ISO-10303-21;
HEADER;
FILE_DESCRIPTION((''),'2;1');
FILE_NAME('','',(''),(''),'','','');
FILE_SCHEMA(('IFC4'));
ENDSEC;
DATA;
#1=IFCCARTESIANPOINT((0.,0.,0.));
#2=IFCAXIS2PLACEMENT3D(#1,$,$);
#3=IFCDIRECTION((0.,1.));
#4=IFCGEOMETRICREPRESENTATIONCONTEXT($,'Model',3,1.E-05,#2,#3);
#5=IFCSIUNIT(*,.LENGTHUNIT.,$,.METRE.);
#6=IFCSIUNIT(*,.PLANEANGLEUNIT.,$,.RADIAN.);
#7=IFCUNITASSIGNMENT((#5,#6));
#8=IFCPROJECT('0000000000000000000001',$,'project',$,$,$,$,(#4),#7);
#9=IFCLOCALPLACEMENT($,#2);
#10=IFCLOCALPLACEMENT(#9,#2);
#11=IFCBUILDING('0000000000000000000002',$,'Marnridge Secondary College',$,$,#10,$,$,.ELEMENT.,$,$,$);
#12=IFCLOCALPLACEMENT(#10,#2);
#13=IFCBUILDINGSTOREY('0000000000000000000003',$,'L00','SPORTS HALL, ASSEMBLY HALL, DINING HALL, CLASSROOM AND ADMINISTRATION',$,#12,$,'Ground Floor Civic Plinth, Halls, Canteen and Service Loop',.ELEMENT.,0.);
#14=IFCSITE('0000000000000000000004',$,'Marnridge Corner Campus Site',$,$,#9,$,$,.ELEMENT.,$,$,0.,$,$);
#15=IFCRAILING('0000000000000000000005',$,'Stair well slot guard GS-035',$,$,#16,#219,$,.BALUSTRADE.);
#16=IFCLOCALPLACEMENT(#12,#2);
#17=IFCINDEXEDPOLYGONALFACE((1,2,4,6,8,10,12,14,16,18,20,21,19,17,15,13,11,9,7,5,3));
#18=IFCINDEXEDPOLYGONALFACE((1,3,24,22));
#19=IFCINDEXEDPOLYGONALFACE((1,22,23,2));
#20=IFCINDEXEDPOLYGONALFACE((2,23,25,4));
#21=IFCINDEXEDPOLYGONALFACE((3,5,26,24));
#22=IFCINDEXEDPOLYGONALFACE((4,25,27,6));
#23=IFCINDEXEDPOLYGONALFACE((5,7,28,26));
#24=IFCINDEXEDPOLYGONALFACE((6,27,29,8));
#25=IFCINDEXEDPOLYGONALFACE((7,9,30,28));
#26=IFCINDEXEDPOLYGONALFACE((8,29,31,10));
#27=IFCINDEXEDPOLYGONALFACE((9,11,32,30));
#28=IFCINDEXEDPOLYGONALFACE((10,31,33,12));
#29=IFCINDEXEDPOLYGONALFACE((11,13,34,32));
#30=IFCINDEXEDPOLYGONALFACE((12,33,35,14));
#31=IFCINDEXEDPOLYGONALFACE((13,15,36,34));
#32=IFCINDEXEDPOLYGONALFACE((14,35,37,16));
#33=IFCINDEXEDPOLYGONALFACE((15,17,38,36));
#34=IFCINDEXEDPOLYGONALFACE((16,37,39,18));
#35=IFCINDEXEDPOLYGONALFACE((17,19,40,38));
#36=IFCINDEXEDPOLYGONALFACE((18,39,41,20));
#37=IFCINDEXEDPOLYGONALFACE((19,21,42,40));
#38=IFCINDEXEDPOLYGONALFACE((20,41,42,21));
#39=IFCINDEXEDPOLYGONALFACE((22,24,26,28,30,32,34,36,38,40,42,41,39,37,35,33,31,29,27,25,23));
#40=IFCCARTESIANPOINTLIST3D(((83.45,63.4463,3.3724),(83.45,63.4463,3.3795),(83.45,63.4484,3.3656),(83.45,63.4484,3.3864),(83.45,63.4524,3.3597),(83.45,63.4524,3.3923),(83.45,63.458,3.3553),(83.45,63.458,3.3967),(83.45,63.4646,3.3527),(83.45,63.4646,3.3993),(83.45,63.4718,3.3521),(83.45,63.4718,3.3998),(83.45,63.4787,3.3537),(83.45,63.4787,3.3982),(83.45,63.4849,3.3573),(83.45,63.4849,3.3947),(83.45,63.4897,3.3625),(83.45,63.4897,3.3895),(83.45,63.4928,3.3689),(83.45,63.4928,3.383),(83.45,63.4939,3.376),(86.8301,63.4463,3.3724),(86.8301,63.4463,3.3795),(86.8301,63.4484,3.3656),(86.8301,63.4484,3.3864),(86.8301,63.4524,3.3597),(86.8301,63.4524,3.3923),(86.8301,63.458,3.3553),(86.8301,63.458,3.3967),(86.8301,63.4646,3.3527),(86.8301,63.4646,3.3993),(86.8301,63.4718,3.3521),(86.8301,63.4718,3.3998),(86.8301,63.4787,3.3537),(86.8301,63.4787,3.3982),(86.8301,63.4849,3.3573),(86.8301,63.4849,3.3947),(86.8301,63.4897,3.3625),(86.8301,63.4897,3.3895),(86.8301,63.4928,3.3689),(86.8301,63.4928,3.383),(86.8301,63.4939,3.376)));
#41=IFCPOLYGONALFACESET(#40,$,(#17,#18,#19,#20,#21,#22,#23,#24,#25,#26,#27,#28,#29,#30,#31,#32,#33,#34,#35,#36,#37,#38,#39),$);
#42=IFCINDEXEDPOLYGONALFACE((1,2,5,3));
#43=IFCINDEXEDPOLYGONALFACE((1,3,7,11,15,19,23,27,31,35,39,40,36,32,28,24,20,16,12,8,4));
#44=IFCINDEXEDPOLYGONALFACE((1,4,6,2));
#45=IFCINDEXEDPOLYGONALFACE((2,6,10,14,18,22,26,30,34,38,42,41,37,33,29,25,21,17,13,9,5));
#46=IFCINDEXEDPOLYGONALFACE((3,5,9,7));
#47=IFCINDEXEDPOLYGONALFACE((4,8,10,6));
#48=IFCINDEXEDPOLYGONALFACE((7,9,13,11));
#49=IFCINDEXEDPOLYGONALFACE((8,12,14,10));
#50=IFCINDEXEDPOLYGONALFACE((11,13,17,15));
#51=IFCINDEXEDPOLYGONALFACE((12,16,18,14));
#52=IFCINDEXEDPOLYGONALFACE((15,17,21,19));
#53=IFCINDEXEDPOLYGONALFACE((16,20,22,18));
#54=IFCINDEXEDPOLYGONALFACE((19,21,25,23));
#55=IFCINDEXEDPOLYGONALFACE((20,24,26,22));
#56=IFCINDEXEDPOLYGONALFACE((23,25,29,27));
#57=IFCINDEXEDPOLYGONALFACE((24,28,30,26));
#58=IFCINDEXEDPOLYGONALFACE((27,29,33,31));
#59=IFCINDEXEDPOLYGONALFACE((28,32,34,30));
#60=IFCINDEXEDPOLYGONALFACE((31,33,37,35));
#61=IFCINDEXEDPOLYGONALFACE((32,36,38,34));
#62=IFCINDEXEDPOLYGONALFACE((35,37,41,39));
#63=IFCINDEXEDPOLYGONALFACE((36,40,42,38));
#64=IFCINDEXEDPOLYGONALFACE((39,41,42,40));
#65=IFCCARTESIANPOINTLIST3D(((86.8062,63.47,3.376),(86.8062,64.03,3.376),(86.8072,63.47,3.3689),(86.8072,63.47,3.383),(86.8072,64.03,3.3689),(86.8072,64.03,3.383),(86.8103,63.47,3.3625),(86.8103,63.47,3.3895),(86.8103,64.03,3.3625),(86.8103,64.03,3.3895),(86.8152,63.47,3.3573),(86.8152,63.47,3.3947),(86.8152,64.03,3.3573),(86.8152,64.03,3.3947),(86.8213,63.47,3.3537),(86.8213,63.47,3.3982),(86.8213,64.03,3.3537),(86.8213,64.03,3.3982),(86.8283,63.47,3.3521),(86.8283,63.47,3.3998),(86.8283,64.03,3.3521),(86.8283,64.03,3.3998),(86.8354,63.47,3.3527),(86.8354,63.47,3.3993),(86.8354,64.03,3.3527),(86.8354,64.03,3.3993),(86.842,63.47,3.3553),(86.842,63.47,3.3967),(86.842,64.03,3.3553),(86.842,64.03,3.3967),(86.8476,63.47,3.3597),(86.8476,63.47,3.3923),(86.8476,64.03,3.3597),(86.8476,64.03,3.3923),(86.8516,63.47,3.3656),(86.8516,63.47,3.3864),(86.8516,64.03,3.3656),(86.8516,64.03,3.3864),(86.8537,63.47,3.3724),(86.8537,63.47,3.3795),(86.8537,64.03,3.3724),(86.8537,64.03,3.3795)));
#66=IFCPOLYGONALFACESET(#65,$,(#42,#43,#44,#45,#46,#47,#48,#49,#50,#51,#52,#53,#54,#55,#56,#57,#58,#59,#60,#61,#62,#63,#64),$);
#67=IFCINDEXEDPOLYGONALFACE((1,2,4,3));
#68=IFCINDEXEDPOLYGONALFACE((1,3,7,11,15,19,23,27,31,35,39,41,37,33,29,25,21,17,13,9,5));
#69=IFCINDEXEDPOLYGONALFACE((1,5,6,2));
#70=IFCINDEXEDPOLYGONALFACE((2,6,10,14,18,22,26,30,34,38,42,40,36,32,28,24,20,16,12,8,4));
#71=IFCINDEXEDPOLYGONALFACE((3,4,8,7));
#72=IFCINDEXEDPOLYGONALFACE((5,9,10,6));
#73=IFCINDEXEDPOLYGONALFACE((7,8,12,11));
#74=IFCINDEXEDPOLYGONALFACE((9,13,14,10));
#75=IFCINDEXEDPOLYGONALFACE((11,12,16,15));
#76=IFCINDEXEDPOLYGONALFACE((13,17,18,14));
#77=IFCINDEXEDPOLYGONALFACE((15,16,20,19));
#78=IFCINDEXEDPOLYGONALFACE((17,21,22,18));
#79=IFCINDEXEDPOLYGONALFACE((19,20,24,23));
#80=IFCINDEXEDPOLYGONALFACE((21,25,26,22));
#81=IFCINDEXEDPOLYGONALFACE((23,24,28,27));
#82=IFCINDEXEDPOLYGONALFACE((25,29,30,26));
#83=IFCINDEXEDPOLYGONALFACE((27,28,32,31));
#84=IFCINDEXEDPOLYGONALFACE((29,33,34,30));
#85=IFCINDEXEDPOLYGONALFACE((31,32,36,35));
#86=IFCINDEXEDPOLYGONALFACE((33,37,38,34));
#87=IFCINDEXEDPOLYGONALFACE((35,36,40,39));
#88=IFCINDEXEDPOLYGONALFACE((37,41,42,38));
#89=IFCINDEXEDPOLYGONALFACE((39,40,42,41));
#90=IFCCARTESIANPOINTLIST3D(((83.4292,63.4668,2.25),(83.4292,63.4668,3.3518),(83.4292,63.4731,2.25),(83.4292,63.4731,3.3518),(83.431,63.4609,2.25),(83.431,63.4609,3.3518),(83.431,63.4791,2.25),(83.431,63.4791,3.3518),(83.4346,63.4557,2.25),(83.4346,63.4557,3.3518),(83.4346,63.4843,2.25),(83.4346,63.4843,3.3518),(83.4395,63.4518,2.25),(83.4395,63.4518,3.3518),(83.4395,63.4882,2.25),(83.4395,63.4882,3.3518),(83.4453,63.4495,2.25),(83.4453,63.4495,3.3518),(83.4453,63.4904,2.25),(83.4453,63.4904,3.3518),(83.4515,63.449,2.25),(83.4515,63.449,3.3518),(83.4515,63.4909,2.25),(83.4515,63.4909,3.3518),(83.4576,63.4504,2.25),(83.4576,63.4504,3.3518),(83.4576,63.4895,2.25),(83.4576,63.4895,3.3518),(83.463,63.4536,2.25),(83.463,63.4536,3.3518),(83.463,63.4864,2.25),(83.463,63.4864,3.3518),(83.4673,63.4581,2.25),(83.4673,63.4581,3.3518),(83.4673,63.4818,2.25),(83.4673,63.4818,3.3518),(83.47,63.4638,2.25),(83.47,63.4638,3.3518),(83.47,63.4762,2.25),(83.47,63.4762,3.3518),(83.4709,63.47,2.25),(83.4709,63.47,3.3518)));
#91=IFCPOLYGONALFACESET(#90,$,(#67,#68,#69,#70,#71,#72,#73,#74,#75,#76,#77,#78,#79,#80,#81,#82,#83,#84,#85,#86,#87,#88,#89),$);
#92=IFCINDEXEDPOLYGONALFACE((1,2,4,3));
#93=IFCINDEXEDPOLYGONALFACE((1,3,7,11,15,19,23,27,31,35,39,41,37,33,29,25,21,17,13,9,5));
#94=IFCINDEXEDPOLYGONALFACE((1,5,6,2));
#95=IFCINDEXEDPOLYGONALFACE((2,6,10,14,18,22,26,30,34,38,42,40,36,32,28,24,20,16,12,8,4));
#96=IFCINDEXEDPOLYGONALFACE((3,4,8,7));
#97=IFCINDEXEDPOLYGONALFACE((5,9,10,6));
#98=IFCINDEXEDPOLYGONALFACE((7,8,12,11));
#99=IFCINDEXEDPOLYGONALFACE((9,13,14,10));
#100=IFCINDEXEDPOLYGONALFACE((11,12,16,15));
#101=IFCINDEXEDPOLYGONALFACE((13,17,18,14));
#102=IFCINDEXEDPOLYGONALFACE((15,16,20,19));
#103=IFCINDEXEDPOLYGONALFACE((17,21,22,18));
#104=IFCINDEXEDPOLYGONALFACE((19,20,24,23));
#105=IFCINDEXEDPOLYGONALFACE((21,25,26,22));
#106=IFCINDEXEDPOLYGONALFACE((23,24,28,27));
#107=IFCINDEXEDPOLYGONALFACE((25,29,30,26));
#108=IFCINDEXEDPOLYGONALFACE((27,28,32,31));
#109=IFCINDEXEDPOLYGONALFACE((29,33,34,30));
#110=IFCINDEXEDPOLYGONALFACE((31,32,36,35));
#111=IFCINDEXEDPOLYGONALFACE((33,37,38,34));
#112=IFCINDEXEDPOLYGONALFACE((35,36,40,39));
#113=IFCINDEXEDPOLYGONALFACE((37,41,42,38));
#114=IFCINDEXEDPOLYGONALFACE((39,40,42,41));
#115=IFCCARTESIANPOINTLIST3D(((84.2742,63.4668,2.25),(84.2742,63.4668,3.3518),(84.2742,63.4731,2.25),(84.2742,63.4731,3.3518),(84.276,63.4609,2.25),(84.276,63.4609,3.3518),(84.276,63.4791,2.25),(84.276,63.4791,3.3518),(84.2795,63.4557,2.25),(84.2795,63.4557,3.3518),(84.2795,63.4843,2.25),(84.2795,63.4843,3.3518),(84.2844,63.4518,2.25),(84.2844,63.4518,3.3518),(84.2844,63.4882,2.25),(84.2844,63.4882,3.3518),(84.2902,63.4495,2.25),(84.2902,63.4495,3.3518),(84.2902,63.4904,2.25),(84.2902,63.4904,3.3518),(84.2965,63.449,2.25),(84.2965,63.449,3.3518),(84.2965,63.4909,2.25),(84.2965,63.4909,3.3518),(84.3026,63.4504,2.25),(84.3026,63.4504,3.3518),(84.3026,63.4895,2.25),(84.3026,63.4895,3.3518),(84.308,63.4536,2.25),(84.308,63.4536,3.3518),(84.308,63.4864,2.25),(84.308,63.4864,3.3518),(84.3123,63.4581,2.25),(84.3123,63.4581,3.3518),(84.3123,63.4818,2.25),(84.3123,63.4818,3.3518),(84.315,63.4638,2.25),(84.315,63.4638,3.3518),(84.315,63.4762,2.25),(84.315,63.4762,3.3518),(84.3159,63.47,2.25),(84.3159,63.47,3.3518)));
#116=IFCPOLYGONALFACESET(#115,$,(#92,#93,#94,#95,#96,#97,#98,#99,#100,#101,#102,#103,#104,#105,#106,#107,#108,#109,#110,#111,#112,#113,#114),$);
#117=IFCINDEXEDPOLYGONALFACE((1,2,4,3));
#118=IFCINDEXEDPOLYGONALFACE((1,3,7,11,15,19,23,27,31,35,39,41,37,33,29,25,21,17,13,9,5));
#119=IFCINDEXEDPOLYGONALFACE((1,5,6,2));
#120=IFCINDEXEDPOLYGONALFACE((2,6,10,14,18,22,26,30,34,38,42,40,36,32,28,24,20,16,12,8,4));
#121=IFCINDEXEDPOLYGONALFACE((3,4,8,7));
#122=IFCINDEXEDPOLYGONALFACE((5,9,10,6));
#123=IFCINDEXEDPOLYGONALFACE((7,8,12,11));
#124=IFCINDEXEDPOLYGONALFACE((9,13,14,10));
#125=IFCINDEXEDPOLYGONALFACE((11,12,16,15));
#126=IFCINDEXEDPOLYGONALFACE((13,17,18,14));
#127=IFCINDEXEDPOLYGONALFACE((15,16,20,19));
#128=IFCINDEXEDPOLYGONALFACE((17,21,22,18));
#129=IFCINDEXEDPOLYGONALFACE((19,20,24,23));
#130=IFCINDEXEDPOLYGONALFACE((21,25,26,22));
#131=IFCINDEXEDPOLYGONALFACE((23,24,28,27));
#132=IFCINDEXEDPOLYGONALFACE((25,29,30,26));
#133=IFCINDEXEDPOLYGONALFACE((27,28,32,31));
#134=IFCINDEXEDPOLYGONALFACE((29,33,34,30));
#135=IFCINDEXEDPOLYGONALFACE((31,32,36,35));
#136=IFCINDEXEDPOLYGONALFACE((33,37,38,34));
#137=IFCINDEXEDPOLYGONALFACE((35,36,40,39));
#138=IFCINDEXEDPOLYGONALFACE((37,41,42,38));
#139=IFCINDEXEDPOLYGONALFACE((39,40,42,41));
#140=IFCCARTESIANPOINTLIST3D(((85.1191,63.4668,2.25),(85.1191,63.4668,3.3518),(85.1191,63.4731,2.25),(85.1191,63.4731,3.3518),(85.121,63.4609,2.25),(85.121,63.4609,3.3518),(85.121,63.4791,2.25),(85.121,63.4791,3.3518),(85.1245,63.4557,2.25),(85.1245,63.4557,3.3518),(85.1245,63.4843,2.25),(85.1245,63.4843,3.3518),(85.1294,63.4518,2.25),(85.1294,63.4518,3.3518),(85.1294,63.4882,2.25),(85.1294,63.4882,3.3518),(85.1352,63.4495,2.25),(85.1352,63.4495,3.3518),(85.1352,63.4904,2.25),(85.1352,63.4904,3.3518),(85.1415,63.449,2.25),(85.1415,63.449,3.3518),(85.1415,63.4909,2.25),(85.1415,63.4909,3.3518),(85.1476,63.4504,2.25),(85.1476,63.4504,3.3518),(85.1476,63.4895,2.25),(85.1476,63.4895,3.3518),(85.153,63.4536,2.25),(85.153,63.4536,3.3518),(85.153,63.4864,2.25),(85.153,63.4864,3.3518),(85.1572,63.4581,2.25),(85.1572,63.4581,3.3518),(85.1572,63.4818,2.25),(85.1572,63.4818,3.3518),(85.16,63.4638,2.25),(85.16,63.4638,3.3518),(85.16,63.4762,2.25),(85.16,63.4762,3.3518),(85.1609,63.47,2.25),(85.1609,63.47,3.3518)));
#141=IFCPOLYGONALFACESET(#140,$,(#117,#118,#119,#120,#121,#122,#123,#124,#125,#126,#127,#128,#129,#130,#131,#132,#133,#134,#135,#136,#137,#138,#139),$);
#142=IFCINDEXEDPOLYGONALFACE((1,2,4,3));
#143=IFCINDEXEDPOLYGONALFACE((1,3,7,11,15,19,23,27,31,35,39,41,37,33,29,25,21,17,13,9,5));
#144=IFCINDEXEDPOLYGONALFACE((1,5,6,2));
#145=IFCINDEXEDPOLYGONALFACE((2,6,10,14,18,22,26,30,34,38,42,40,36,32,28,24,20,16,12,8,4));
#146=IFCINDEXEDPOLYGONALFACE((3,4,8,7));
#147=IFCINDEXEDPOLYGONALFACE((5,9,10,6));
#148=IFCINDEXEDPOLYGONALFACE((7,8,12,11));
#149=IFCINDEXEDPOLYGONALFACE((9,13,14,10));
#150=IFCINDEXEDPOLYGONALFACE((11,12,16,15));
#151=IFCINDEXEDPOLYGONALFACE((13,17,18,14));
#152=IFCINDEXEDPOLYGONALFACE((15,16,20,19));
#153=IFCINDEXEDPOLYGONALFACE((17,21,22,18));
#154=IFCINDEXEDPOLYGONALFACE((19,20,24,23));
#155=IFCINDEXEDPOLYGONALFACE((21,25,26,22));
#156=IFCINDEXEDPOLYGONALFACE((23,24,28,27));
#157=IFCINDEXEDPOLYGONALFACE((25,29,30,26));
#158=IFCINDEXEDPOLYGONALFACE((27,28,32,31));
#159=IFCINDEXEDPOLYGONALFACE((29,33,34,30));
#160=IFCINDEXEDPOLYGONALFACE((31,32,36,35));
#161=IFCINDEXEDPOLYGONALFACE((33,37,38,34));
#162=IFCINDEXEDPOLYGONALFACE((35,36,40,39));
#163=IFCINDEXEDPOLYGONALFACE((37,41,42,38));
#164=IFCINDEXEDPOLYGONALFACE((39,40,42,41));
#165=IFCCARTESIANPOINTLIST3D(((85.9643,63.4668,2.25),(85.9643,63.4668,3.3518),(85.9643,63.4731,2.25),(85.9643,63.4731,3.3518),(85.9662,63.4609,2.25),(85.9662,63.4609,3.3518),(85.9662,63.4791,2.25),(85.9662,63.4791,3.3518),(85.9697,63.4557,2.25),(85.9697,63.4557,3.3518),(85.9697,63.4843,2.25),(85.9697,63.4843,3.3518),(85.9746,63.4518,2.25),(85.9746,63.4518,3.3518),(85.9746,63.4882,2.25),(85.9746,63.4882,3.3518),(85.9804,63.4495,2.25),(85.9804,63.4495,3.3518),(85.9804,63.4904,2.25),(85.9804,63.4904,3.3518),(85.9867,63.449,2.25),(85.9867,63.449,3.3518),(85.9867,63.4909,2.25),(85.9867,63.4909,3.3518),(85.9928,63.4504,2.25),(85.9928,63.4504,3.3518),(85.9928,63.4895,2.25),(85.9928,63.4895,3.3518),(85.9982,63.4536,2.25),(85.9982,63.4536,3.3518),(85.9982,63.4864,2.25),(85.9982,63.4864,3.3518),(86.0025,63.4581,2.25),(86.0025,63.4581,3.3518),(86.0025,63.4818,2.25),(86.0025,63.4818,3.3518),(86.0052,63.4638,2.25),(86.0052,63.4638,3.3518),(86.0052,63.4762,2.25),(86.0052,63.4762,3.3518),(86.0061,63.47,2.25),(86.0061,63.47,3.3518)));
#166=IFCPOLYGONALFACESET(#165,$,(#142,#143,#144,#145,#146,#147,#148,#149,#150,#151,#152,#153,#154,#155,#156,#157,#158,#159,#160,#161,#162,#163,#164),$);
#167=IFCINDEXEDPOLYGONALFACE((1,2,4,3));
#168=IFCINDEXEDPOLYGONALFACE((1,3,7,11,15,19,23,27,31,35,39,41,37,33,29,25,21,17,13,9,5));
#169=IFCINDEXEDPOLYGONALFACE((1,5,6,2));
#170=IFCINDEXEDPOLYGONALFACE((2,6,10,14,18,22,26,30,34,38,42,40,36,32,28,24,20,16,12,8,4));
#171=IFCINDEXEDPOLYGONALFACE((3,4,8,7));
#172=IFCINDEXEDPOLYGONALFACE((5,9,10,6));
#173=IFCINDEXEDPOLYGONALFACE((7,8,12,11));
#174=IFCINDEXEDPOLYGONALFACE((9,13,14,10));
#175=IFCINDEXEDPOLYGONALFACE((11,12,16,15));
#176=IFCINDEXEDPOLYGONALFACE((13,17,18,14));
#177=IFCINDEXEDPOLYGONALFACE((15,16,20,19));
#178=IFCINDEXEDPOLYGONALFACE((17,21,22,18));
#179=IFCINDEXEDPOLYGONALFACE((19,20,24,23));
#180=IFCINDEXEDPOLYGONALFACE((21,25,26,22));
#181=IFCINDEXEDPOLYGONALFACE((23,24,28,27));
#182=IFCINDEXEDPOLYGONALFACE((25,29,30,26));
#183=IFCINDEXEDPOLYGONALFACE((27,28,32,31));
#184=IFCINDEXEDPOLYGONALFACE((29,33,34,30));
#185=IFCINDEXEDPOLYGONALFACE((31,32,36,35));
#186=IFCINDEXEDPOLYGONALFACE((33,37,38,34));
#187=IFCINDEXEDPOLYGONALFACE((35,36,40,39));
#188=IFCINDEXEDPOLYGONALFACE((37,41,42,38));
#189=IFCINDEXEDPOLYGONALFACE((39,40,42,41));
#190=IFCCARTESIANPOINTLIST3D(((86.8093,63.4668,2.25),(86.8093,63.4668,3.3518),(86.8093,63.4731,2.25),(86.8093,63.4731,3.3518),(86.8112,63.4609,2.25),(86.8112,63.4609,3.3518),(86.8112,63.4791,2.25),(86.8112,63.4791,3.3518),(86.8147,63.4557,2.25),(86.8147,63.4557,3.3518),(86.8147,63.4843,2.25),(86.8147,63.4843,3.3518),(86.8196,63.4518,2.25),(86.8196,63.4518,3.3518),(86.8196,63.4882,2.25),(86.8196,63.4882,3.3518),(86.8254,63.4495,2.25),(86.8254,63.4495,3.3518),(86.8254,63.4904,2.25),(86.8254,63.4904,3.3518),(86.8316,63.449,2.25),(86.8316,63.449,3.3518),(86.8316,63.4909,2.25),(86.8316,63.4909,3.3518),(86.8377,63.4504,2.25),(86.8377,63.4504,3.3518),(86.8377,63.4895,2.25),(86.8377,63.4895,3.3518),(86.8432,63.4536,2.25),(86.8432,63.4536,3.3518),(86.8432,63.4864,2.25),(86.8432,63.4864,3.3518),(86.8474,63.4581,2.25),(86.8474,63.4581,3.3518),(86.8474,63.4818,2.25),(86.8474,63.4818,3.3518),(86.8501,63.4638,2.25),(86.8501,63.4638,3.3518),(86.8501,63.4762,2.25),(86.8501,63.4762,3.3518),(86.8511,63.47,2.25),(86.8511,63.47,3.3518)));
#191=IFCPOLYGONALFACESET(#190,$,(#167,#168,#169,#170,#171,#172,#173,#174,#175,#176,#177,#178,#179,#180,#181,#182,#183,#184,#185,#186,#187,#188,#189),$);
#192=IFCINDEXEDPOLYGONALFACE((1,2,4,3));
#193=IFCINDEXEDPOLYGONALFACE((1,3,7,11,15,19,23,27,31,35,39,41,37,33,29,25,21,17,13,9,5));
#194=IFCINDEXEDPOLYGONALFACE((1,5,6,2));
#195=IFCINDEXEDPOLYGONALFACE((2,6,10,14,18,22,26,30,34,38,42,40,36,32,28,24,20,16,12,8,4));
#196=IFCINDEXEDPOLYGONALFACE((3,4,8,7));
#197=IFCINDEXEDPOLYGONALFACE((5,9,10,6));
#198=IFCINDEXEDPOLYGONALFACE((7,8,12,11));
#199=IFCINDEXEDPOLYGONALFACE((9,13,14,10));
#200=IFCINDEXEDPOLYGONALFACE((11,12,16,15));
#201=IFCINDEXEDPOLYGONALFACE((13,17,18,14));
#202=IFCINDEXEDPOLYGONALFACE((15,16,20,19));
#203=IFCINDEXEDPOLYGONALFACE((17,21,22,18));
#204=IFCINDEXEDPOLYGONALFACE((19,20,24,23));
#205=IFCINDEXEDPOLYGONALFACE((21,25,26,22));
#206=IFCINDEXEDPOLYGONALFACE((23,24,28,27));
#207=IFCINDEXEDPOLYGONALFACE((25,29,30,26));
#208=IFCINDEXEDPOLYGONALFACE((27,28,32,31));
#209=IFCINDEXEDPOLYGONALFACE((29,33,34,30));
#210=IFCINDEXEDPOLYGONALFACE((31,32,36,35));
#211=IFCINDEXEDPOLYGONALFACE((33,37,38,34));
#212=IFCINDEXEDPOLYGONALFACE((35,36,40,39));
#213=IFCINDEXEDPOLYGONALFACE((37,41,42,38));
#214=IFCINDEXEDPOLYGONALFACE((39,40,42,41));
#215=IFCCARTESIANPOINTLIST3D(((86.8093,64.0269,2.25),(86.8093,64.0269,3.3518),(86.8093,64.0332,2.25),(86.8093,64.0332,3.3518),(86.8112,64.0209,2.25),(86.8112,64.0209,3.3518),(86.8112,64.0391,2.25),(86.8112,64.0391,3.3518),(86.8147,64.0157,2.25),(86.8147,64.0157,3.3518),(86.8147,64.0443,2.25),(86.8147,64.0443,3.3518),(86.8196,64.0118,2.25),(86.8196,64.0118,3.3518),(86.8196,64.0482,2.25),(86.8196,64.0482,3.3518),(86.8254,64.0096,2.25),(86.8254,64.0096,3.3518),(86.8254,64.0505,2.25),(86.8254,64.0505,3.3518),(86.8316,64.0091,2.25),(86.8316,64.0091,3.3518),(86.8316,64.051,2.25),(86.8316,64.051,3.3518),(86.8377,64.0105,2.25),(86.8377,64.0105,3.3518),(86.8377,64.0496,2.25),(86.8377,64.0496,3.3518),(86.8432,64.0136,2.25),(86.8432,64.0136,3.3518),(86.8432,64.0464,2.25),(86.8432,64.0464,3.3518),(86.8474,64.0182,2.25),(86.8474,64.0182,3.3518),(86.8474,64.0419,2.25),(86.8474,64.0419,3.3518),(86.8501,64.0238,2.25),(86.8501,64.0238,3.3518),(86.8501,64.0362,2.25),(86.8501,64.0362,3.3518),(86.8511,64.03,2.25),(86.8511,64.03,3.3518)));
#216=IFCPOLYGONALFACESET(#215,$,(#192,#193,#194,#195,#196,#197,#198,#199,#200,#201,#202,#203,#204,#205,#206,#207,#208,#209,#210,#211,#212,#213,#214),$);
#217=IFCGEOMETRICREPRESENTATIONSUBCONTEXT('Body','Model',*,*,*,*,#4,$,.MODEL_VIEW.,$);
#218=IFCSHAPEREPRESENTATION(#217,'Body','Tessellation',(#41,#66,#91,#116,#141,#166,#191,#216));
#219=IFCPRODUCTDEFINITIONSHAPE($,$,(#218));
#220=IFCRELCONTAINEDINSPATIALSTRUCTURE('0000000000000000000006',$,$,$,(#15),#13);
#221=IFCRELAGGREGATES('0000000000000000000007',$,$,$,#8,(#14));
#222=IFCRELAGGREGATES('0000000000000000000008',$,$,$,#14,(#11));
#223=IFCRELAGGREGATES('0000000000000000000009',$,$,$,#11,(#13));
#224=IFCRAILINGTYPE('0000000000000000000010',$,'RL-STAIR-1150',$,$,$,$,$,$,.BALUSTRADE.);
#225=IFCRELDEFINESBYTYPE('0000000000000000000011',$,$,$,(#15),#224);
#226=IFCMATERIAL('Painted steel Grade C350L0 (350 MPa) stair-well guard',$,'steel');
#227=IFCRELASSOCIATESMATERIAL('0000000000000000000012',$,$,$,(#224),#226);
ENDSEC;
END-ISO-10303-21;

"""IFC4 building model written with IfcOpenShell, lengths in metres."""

from ifc_helpers import new_model, si_unit, direction, frame, origin, origin_2d, place, context, subcontext, project, spatial, circle, extrude, material, type_object, element, save


model = new_model("IFC4")

# Units and contexts
model_context = context("Model", 3, precision=1e-05, world=origin(), true_north=direction((0.0, 1.0)))
body_context = subcontext(model_context, "Body", "Model", "MODEL_VIEW")
ifc_project = project(units=[si_unit("LENGTHUNIT", "METRE"), si_unit("PLANEANGLEUNIT", "RADIAN")], contexts=[model_context])

# Site, building, storey
site_placement = place(None, origin())
site = spatial("IfcSite", under=ifc_project, at=site_placement, Name="Marnridge Corner Campus Site", CompositionType="ELEMENT", RefElevation=0.0)
building_placement = place(site_placement, origin())
building = spatial("IfcBuilding", under=site, at=building_placement, Name="Marnridge Secondary College", CompositionType="ELEMENT")
storey_placement = place(building_placement, origin())
storey = spatial("IfcBuildingStorey", under=building, at=storey_placement, Name="L00", Description="SPORTS HALL, ASSEMBLY HALL, DINING HALL, CLASSROOM AND ADMINISTRATION", LongName="Ground Floor Civic Plinth, Halls, Canteen and Service Loop", CompositionType="ELEMENT", Elevation=0.0)

# Railing
ifc_material_1 = material(Name="Painted steel Grade C350L0 (350 MPa) stair-well guard", Category="steel")
railing_type_1 = type_object("IfcRailingType", Name="RL-STAIR-1150", PredefinedType="BALUSTRADE", material=ifc_material_1)
railing_placement = place(storey_placement, frame((83.45, 63.47, 2.25)))
element("IfcRailing", 1, at=railing_placement, inside=storey, type_object=railing_type_1, Name="Stair well slot guard GS-035", PredefinedType="BALUSTRADE", context=body_context, shape_type="SweptSolid", body=[
    extrude(circle(Radius=0.0239, at=origin_2d()), frame((0.0, 0.0, 1.126), z_axis=(1.0, 0.0, 0.0), x_axis=(0.0, 1.0, 0.0)), (0.0, 0.0, 1.0), 3.3801),
    extrude(circle(Radius=0.0239, at=origin_2d()), frame((3.3801, 0.0, 1.126), z_axis=(0.0, 1.0, 0.0), x_axis=(-1.0, 0.0, 0.0)), (0.0, 0.0, 1.0), 0.5601),
    extrude(circle(Radius=0.021, at=origin_2d()), origin(), (0.0, 0.0, 1.0), 1.1018),
    extrude(circle(Radius=0.021, at=origin_2d()), frame((0.845, 0.0, 0.0)), (0.0, 0.0, 1.0), 1.1018),
    extrude(circle(Radius=0.021, at=origin_2d()), frame((1.6899, 0.0, 0.0)), (0.0, 0.0, 1.0), 1.1018),
    extrude(circle(Radius=0.021, at=origin_2d()), frame((2.5352, 0.0, 0.0)), (0.0, 0.0, 1.0), 1.1018),
    extrude(circle(Radius=0.021, at=origin_2d()), frame((3.3801, 0.0, 0.0)), (0.0, 0.0, 1.0), 1.1018),
    extrude(circle(Radius=0.021, at=origin_2d()), frame((3.3801, 0.5601, 0.0)), (0.0, 0.0, 1.0), 1.1018),
])

save(model, "model.ifc")
